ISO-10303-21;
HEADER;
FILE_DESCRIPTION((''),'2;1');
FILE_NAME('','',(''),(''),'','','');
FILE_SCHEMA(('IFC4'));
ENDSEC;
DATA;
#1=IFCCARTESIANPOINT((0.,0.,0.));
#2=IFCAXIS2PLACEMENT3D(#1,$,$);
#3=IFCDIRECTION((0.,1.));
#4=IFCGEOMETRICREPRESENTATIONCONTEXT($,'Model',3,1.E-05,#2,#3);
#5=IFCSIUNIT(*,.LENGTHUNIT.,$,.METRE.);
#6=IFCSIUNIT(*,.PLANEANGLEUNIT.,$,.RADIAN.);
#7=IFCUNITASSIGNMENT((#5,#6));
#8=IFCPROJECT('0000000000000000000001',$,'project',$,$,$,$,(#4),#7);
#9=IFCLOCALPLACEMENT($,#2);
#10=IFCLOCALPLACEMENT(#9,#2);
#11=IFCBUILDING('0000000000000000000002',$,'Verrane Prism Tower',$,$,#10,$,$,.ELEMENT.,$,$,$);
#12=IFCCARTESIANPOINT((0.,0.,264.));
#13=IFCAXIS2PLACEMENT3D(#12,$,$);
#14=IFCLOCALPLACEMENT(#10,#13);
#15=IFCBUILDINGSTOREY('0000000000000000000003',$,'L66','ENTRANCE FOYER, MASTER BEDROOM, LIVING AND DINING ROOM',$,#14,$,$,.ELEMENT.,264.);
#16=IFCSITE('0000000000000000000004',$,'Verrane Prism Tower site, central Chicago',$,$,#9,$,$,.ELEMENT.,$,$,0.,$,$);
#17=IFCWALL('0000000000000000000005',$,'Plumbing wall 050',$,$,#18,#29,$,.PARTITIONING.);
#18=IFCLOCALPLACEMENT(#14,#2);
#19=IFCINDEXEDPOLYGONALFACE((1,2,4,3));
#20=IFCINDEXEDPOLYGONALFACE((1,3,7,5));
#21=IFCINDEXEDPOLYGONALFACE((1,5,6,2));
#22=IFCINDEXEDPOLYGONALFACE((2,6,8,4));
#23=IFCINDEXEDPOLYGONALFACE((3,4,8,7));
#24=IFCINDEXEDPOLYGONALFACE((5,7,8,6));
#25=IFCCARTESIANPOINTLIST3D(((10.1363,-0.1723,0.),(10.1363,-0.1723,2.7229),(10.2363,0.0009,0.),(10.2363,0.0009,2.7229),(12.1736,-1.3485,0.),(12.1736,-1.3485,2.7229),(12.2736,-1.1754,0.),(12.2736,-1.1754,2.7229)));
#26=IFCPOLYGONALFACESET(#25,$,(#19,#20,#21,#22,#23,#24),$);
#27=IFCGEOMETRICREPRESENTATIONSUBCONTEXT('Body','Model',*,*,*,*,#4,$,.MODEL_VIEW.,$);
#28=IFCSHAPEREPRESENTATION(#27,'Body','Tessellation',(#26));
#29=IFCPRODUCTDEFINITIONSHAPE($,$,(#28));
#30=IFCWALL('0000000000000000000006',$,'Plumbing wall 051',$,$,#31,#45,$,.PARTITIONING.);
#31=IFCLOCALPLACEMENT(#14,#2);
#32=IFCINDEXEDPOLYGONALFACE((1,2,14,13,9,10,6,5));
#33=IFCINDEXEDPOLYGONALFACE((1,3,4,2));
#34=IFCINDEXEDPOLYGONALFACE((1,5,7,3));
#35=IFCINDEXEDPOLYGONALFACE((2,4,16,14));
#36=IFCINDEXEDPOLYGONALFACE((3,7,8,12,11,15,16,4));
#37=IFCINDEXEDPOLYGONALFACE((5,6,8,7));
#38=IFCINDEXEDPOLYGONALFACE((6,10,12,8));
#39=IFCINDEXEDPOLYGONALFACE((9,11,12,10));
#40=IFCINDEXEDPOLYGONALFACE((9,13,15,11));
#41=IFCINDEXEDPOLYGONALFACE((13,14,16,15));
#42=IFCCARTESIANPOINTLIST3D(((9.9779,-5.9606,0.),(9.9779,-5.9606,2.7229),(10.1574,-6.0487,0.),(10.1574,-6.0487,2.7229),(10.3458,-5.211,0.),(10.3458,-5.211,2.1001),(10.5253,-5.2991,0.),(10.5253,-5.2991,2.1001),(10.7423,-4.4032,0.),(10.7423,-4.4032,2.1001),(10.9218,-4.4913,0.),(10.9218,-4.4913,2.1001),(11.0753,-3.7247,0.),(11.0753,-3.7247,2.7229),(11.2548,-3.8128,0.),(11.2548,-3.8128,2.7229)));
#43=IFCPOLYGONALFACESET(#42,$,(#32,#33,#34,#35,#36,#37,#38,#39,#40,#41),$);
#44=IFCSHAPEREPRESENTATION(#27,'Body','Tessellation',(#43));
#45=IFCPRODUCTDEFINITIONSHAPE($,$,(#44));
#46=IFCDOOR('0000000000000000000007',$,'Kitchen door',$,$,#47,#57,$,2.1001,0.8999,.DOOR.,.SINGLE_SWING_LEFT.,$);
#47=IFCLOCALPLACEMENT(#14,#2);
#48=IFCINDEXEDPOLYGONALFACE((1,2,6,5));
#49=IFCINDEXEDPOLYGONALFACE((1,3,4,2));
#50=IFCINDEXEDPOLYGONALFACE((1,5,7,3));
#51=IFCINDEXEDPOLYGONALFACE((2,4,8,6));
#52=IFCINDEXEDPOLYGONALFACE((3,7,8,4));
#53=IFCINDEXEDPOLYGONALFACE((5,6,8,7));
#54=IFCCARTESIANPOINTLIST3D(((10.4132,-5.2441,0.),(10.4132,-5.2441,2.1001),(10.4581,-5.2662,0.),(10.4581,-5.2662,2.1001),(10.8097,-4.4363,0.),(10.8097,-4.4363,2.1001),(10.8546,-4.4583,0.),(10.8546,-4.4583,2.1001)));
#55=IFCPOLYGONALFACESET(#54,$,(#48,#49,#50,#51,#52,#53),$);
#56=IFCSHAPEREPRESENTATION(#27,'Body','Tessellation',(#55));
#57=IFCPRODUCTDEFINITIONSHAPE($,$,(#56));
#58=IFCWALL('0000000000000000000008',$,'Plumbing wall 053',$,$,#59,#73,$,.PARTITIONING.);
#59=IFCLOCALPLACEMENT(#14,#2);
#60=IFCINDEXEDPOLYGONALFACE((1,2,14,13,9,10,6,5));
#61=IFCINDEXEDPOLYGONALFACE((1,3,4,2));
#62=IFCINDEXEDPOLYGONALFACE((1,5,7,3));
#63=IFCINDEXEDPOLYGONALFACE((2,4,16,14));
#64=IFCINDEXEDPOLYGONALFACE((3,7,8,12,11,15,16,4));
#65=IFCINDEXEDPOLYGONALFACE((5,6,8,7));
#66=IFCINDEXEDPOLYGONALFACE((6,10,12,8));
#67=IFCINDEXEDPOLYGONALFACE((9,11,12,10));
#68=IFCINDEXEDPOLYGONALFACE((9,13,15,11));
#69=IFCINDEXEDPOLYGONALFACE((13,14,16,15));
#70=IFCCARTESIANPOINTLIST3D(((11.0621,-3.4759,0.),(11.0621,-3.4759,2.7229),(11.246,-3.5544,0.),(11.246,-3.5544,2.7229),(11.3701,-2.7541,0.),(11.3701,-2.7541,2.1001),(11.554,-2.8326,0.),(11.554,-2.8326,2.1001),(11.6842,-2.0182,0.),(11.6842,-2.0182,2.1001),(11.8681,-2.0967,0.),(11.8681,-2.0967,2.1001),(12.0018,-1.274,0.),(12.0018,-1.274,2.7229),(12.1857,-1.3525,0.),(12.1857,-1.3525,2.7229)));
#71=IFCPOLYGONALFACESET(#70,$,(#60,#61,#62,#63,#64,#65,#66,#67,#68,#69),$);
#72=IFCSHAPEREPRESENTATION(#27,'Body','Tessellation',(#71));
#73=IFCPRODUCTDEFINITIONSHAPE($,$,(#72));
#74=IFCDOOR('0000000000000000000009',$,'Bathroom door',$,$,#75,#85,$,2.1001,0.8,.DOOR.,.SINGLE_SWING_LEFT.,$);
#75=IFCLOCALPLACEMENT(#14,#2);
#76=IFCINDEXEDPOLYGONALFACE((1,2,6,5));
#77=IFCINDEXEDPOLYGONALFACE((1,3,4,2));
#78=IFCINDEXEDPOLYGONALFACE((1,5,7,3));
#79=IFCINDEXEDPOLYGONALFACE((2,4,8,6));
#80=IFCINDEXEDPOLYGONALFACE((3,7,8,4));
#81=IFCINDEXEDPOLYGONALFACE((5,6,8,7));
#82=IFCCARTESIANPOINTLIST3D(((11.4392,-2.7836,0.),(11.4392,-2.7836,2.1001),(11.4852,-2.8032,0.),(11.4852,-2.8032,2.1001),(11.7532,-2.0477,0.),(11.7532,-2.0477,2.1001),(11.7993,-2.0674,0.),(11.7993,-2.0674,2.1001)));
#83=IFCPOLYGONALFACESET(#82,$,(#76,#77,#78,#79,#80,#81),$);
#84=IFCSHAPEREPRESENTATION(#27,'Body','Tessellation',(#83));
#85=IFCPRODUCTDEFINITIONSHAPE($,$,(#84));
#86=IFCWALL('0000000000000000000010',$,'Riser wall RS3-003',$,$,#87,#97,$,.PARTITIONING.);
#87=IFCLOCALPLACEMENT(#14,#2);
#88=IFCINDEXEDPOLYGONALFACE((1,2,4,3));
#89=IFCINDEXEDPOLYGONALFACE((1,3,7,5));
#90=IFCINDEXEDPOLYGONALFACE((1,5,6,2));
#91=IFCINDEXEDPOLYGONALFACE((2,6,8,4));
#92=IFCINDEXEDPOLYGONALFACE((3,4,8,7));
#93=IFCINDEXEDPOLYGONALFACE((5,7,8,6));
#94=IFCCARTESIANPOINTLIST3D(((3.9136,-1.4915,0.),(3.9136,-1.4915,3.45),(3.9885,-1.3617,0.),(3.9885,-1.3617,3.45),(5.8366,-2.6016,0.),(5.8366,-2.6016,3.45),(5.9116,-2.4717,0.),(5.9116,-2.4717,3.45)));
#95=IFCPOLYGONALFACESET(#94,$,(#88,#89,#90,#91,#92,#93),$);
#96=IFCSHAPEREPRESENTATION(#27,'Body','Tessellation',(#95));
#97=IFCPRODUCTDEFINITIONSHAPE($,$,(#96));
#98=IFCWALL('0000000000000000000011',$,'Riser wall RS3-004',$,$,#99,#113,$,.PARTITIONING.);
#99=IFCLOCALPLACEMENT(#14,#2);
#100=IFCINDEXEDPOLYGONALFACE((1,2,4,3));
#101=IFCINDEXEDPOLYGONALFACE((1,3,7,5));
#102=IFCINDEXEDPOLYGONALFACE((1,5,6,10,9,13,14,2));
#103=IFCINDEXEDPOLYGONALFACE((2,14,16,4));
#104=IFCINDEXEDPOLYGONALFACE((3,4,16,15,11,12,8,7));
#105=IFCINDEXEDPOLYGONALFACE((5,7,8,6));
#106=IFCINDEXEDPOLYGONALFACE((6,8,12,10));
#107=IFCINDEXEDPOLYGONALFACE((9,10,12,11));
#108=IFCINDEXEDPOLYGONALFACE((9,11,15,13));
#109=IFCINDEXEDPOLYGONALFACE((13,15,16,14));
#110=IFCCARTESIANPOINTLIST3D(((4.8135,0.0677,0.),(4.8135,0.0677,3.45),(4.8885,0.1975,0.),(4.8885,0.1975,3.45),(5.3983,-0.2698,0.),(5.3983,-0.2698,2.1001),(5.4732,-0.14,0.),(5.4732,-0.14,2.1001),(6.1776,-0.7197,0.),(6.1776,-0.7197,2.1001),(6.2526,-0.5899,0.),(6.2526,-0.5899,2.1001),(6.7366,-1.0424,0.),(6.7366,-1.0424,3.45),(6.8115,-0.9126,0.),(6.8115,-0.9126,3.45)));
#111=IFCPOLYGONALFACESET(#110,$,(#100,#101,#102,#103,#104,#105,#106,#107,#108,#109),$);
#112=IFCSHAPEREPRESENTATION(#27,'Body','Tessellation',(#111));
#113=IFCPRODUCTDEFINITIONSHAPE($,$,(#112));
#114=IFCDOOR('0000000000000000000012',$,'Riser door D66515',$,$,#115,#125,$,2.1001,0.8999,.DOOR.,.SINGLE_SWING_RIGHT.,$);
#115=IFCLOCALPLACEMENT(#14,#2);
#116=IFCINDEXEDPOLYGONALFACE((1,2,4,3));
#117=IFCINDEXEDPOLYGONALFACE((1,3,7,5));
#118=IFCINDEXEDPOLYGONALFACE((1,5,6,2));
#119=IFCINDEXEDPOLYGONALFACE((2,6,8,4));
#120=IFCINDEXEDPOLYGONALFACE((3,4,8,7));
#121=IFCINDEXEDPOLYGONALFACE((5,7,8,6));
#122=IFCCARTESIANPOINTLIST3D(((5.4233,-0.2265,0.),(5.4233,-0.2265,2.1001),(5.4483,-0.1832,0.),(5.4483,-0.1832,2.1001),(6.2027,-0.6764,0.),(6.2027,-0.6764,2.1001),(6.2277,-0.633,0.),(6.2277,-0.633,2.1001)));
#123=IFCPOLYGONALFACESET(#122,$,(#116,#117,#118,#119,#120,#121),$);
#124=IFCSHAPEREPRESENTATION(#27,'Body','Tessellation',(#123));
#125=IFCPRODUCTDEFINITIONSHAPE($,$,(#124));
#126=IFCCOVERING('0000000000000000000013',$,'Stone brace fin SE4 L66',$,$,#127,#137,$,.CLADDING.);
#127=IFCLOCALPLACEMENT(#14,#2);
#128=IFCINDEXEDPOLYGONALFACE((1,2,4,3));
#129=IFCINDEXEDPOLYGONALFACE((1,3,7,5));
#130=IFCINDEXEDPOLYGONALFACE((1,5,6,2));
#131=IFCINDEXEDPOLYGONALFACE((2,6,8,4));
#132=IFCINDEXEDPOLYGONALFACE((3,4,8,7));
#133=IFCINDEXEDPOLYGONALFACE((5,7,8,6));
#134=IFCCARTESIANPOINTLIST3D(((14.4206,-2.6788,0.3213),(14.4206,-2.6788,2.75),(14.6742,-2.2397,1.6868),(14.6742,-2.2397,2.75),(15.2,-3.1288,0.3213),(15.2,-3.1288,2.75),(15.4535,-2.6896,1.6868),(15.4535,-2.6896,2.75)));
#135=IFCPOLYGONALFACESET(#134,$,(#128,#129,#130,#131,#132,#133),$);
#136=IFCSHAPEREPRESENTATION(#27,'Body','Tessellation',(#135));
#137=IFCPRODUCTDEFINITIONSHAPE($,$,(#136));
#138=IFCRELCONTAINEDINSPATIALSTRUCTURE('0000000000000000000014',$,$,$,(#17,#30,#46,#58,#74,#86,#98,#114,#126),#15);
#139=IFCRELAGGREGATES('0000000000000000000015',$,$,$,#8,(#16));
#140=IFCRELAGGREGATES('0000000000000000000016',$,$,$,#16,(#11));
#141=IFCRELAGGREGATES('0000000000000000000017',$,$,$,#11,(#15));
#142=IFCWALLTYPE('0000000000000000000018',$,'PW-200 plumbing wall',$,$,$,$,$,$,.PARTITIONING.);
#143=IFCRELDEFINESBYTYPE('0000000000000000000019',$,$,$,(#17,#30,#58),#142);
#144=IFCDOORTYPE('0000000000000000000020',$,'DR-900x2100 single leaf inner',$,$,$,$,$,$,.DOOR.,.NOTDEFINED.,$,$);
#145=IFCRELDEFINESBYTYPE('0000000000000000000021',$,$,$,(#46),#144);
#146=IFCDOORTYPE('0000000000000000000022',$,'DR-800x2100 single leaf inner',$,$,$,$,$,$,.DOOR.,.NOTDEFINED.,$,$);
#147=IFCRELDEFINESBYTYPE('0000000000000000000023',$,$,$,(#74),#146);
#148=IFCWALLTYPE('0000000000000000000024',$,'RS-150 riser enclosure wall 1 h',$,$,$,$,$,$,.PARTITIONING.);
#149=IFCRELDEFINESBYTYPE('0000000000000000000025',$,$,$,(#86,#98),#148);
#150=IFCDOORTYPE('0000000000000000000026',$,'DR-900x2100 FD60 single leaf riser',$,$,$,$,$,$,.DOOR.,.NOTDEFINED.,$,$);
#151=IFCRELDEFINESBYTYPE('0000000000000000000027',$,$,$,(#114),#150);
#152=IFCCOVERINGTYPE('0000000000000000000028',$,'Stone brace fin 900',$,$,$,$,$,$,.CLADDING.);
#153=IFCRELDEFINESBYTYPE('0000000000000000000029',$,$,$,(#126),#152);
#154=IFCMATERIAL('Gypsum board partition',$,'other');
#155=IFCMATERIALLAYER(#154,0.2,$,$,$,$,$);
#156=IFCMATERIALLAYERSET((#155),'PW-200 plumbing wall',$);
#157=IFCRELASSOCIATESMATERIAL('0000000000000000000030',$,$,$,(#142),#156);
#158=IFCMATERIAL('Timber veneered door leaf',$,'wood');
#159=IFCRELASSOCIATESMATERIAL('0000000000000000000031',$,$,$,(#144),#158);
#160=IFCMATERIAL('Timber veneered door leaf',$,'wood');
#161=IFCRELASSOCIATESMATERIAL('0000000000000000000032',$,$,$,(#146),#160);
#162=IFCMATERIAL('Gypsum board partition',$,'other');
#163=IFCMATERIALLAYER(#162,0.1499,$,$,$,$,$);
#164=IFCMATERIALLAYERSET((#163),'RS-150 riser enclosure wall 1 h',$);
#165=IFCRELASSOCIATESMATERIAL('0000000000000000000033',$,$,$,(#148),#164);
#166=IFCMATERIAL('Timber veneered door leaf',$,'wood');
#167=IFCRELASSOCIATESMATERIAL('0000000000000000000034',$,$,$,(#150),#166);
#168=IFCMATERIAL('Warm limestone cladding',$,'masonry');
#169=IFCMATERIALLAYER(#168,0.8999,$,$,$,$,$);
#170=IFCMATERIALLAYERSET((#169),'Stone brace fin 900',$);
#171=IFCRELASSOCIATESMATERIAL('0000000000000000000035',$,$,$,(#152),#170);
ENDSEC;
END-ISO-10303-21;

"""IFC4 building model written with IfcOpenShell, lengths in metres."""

from ifc_helpers import new_model, si_unit, direction, frame, frame_2d, origin, place, context, subcontext, project, spatial, polyline, rectangle, outline, extrude, material, layer, layer_set, type_object, element, fill, save


model = new_model("IFC4")

# Units and contexts
model_context = context("Model", 3, precision=1e-05, world=origin(), true_north=direction((0.0, 1.0)))
body_context = subcontext(model_context, "Body", "Model", "MODEL_VIEW")
ifc_project = project(units=[si_unit("LENGTHUNIT", "METRE"), si_unit("PLANEANGLEUNIT", "RADIAN")], contexts=[model_context])

# Site, building, storey
site_placement = place(None, origin())
site = spatial("IfcSite", under=ifc_project, at=site_placement, Name="Verrane Prism Tower site, central Chicago", CompositionType="ELEMENT", RefElevation=0.0)
building_placement = place(site_placement, origin())
building = spatial("IfcBuilding", under=site, at=building_placement, Name="Verrane Prism Tower", CompositionType="ELEMENT")
storey_placement = place(building_placement, frame((0.0, 0.0, 264.0)))
storey = spatial("IfcBuildingStorey", under=building, at=storey_placement, Name="L66", Description="ENTRANCE FOYER, MASTER BEDROOM, LIVING AND DINING ROOM", CompositionType="ELEMENT", Elevation=264.0)

# Wall
ifc_material_1 = material(Name="Gypsum board partition", Category="other")
ifc_layer_1 = layer(ifc_material_1, 0.2)
ifc_layer_set_1 = layer_set([ifc_layer_1], Name="PW-200 plumbing wall")
wall_type_1 = type_object("IfcWallType", Name="PW-200 plumbing wall", PredefinedType="PARTITIONING", material=ifc_layer_set_1)
wall_1_placement = place(storey_placement, frame((10.1863, -0.0857, 0.0), z_axis=(0.0, 0.0, 1.0), x_axis=(0.866025, -0.500001, 0.0)))
element("IfcWall", 1, at=wall_1_placement, inside=storey, type_object=wall_type_1, Name="Plumbing wall 050", PredefinedType="PARTITIONING", context=body_context, shape_type="SweptSolid", body=[
    extrude(rectangle(XDim=2.3525, YDim=0.2, at=frame_2d((1.1763, 0.0))), origin(), (0.0, 0.0, 1.0), 2.7229),
])

# Walls, openings, doors
wall_2_placement = place(storey_placement, frame((10.0676, -6.0046, 0.0), z_axis=(0.0, 0.0, 1.0), x_axis=(0.440614, 0.897697, 0.0)))
wall_2 = element("IfcWall", 2, at=wall_2_placement, inside=storey, type_object=wall_type_1, Name="Plumbing wall 051", PredefinedType="PARTITIONING", context=body_context, shape_type="SweptSolid", body=[
    extrude(rectangle(XDim=2.4907, YDim=0.2, at=frame_2d((1.2454, 0.0))), origin(), (0.0, 0.0, 1.0), 2.7229),
])
opening_1_placement = place(wall_2_placement, frame((0.835, 0.0, 0.0)))
opening_1 = element("IfcOpeningElement", 3, at=opening_1_placement, cuts=wall_2, PredefinedType="OPENING", context=body_context, shape_type="SweptSolid", body=[
    extrude(rectangle(XDim=0.8999, YDim=2.1001, at=frame_2d((0.45, 1.05))), frame((0.0, 0.1099, 0.0), z_axis=(0.0, -1.0, 0.0), x_axis=(1.0, 0.0, 0.0)), (0.0, 0.0, 1.0), 0.22),
])
ifc_material_2 = material(Name="Timber veneered door leaf", Category="wood")
door_type_1 = type_object("IfcDoorType", Name="DR-900x2100 single leaf inner", OperationType="NOTDEFINED", PredefinedType="DOOR", material=ifc_material_2)
door_1_placement = place(opening_1_placement, origin())
door_1 = element("IfcDoor", 4, at=door_1_placement, inside=storey, type_object=door_type_1, Name="Kitchen door", OperationType="SINGLE_SWING_LEFT", OverallHeight=2.1001, OverallWidth=0.8999, PredefinedType="DOOR", context=body_context, shape_type="SweptSolid", body=[
    extrude(rectangle(XDim=0.8999, YDim=2.1001, at=frame_2d((0.45, 1.05))), frame((0.0, 0.0249, 0.0), z_axis=(0.0, -1.0, 0.0), x_axis=(1.0, 0.0, 0.0)), (0.0, 0.0, 1.0), 0.05),
])
fill(opening_1, door_1)
wall_3_placement = place(storey_placement, frame((11.1541, -3.5151, 0.0), z_axis=(0.0, 0.0, 1.0), x_axis=(0.392516, 0.919745, 0.0)))
wall_3 = element("IfcWall", 5, at=wall_3_placement, inside=storey, type_object=wall_type_1, Name="Plumbing wall 053", PredefinedType="PARTITIONING", context=body_context, shape_type="SweptSolid", body=[
    extrude(rectangle(XDim=2.394, YDim=0.2, at=frame_2d((1.197, 0.0))), origin(), (0.0, 0.0, 1.0), 2.7229),
])
opening_2_placement = place(wall_3_placement, frame((0.7849, 0.0, 0.0)))
opening_2 = element("IfcOpeningElement", 6, at=opening_2_placement, cuts=wall_3, PredefinedType="OPENING", context=body_context, shape_type="SweptSolid", body=[
    extrude(rectangle(XDim=0.8, YDim=2.1001, at=frame_2d((0.3999, 1.05))), frame((0.0, 0.1099, 0.0), z_axis=(0.0, -1.0, 0.0), x_axis=(1.0, 0.0, 0.0)), (0.0, 0.0, 1.0), 0.22),
])
ifc_material_3 = material(Name="Timber veneered door leaf", Category="wood")
door_type_2 = type_object("IfcDoorType", Name="DR-800x2100 single leaf inner", OperationType="NOTDEFINED", PredefinedType="DOOR", material=ifc_material_3)
door_2_placement = place(opening_2_placement, origin())
door_2 = element("IfcDoor", 7, at=door_2_placement, inside=storey, type_object=door_type_2, Name="Bathroom door", OperationType="SINGLE_SWING_LEFT", OverallHeight=2.1001, OverallWidth=0.8, PredefinedType="DOOR", context=body_context, shape_type="SweptSolid", body=[
    extrude(rectangle(XDim=0.8, YDim=2.1001, at=frame_2d((0.3999, 1.05))), frame((0.0, 0.0249, 0.0), z_axis=(0.0, -1.0, 0.0), x_axis=(1.0, 0.0, 0.0)), (0.0, 0.0, 1.0), 0.05),
])
fill(opening_2, door_2)

# Wall
ifc_material_4 = material(Name="Gypsum board partition", Category="other")
ifc_layer_2 = layer(ifc_material_4, 0.1499)
ifc_layer_set_2 = layer_set([ifc_layer_2], Name="RS-150 riser enclosure wall 1 h")
wall_type_2 = type_object("IfcWallType", Name="RS-150 riser enclosure wall 1 h", PredefinedType="PARTITIONING", material=ifc_layer_set_2)
wall_4_placement = place(storey_placement, frame((3.9509, -1.4265, 0.0), z_axis=(0.0, 0.0, 1.0), x_axis=(0.866063, -0.499935, 0.0)))
element("IfcWall", 8, at=wall_4_placement, inside=storey, type_object=wall_type_2, Name="Riser wall RS3-003", PredefinedType="PARTITIONING", context=body_context, shape_type="SweptSolid", body=[
    extrude(rectangle(XDim=2.2205, YDim=0.1499, at=frame_2d((1.1104, 0.0))), origin(), (0.0, 0.0, 1.0), 3.45),
])

# Wall, opening, door
wall_5_placement = place(storey_placement, frame((6.7742, -0.9775, 0.0), z_axis=(0.0, 0.0, 1.0), x_axis=(-0.866063, 0.499935, 0.0)))
wall_5 = element("IfcWall", 9, at=wall_5_placement, inside=storey, type_object=wall_type_2, Name="Riser wall RS3-004", PredefinedType="PARTITIONING", context=body_context, shape_type="SweptSolid", body=[
    extrude(rectangle(XDim=2.2205, YDim=0.1499, at=frame_2d((1.1104, 0.0))), origin(), (0.0, 0.0, 1.0), 3.45),
])
opening_3_placement = place(wall_5_placement, frame((0.6455, 0.0, 0.0)))
opening_3 = element("IfcOpeningElement", 10, at=opening_3_placement, cuts=wall_5, PredefinedType="OPENING", context=body_context, shape_type="SweptSolid", body=[
    extrude(rectangle(XDim=0.8999, YDim=2.1001, at=frame_2d((0.45, 1.05))), frame((0.0, 0.085, 0.0), z_axis=(0.0, -1.0, 0.0), x_axis=(1.0, 0.0, 0.0)), (0.0, 0.0, 1.0), 0.1699),
])
ifc_material_5 = material(Name="Timber veneered door leaf", Category="wood")
door_type_3 = type_object("IfcDoorType", Name="DR-900x2100 FD60 single leaf riser", OperationType="NOTDEFINED", PredefinedType="DOOR", material=ifc_material_5)
door_3_placement = place(opening_3_placement, origin())
door_3 = element("IfcDoor", 11, at=door_3_placement, inside=storey, type_object=door_type_3, Name="Riser door D66515", OperationType="SINGLE_SWING_RIGHT", OverallHeight=2.1001, OverallWidth=0.8999, PredefinedType="DOOR", context=body_context, shape_type="SweptSolid", body=[
    extrude(rectangle(XDim=0.8999, YDim=2.1001, at=frame_2d((0.45, 1.05))), frame((0.0, 0.0249, 0.0), z_axis=(0.0, -1.0, 0.0), x_axis=(1.0, 0.0, 0.0)), (0.0, 0.0, 1.0), 0.05),
])
fill(opening_3, door_3)

# Covering
ifc_material_6 = material(Name="Warm limestone cladding", Category="masonry")
ifc_layer_3 = layer(ifc_material_6, 0.8999)
ifc_layer_set_3 = layer_set([ifc_layer_3], Name="Stone brace fin 900")
covering_type = type_object("IfcCoveringType", Name="Stone brace fin 900", PredefinedType="CLADDING", material=ifc_layer_set_3)
covering_placement = place(storey_placement, frame((14.8103, -2.9038, 0.3213), z_axis=(0.0, 0.0, 1.0), x_axis=(0.499973, 0.866041, 0.0)))
element("IfcCovering", 12, at=covering_placement, inside=storey, type_object=covering_type, Name="Stone brace fin SE4 L66", PredefinedType="CLADDING", context=body_context, shape_type="SweptSolid", body=[
    extrude(outline(polyline([(0.5071, 2.4287), (0.0, 2.4287), (0.0, 0.0), (0.5071, 1.3655), (0.5071, 2.4287)])), frame((0.0, 0.45, 0.0), z_axis=(0.0, -1.0, 0.0), x_axis=(1.0, 0.0, 0.0)), (0.0, 0.0, 1.0), 0.8999),
])

save(model, "model.ifc")
